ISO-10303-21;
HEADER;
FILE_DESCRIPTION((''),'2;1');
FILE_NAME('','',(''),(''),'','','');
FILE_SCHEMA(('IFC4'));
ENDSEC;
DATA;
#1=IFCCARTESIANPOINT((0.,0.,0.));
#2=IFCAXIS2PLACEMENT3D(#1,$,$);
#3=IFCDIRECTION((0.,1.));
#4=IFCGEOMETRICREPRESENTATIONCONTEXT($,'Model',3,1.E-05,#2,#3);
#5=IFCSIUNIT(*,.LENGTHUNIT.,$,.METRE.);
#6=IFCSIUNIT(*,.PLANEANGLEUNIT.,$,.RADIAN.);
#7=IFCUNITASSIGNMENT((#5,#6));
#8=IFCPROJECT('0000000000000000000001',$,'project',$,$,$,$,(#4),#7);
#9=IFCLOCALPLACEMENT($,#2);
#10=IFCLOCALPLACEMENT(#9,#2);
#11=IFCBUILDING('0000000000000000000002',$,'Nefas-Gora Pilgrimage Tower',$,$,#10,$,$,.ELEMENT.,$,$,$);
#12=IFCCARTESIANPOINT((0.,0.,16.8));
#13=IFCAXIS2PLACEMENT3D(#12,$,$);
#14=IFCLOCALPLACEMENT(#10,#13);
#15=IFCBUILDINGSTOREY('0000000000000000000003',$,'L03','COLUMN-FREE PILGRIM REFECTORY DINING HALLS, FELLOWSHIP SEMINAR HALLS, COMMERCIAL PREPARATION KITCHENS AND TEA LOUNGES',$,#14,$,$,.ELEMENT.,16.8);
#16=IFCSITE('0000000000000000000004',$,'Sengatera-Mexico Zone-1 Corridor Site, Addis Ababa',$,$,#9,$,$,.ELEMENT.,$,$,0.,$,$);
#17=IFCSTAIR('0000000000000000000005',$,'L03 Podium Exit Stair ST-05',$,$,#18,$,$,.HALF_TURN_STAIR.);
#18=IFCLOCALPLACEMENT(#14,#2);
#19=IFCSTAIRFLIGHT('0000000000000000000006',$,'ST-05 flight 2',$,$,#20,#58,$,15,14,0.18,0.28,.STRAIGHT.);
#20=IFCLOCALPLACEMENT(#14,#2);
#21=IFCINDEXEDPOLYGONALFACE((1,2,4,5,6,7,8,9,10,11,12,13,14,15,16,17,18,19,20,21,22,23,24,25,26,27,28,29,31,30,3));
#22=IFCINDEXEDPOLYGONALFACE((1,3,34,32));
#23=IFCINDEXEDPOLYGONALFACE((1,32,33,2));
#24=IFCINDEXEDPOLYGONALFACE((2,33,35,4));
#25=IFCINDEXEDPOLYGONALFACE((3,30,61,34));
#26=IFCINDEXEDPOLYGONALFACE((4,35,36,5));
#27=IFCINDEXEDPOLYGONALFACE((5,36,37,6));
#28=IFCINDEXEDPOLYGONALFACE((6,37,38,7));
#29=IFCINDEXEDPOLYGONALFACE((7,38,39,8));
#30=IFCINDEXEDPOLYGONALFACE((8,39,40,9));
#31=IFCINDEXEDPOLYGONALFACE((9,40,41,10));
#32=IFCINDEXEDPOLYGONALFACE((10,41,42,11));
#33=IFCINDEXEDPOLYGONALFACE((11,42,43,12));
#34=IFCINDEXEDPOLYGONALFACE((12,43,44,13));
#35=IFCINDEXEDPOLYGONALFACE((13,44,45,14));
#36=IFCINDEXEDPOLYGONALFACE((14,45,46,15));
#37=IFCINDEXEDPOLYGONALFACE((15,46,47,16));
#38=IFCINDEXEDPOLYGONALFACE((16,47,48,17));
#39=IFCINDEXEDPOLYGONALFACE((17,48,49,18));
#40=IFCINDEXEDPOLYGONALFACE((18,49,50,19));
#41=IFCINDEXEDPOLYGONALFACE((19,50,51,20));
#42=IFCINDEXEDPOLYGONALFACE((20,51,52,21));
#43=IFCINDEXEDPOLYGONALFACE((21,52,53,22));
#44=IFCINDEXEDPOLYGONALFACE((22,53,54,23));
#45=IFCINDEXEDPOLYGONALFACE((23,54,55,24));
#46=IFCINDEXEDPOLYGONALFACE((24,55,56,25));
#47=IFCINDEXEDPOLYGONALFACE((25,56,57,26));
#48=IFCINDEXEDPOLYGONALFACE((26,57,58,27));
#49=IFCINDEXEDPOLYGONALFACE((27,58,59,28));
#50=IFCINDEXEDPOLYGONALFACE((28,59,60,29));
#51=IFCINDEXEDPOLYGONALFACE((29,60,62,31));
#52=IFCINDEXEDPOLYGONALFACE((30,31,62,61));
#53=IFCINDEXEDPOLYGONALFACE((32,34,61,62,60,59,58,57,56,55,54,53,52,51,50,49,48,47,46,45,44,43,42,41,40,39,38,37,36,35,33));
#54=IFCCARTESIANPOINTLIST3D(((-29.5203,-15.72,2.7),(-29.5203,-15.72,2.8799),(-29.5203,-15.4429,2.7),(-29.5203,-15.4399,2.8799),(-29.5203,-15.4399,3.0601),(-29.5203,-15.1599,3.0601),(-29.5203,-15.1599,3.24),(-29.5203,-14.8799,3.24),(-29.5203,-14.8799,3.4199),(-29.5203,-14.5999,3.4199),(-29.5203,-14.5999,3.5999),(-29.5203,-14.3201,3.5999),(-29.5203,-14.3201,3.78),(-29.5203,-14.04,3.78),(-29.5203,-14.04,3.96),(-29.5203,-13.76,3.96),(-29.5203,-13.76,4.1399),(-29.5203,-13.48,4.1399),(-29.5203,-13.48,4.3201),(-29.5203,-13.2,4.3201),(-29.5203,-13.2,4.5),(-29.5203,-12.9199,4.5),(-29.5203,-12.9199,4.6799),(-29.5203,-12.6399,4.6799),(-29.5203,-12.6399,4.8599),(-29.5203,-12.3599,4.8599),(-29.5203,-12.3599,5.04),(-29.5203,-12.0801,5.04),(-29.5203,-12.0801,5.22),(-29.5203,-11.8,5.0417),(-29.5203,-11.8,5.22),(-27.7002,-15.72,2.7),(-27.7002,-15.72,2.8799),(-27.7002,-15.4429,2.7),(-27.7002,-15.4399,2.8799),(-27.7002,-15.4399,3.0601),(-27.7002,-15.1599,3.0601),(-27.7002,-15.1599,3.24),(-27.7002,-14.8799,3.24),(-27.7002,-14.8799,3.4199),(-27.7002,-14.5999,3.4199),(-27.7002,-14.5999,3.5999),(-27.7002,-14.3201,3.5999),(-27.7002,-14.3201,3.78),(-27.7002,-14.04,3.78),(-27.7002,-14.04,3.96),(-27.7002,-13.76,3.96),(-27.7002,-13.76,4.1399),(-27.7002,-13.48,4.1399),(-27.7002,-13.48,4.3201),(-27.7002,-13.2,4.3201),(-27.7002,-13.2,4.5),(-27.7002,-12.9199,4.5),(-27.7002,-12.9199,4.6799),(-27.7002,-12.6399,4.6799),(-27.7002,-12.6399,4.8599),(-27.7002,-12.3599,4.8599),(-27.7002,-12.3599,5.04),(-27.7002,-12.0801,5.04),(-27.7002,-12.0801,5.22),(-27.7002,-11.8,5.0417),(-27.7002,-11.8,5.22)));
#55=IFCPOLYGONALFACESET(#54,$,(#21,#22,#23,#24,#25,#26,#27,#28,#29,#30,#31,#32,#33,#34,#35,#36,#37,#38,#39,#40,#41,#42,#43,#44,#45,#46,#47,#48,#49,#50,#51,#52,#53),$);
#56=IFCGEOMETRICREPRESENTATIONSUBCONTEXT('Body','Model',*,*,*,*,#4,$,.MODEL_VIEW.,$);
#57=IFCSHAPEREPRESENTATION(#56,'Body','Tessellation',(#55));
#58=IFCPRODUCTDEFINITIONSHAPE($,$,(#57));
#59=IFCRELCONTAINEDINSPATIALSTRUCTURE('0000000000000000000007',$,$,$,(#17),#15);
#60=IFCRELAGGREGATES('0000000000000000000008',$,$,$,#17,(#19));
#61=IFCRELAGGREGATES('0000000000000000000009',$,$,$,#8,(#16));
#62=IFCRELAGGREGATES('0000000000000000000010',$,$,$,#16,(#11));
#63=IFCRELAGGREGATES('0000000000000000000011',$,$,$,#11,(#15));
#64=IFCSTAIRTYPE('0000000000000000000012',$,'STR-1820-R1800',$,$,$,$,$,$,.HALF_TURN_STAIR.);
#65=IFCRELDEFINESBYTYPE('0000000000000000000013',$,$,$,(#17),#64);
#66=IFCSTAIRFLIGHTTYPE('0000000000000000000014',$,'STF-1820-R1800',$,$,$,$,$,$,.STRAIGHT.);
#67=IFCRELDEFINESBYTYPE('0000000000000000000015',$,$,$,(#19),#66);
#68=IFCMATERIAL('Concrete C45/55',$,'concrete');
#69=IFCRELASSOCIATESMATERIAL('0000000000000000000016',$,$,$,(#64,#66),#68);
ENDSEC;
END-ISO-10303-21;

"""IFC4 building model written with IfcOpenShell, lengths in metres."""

from ifc_helpers import new_model, si_unit, direction, frame, origin, place, context, subcontext, project, spatial, polyline, outline, extrude, source, transform, mapped, material, type_object, element, aggregate, save


model = new_model("IFC4")

# Units and contexts
model_context = context("Model", 3, precision=1e-05, world=origin(), true_north=direction((0.0, 1.0)))
body_context = subcontext(model_context, "Body", "Model", "MODEL_VIEW")
ifc_project = project(units=[si_unit("LENGTHUNIT", "METRE"), si_unit("PLANEANGLEUNIT", "RADIAN")], contexts=[model_context])

# Site, building, storey
site_placement = place(None, origin())
site = spatial("IfcSite", under=ifc_project, at=site_placement, Name="Sengatera-Mexico Zone-1 Corridor Site, Addis Ababa", CompositionType="ELEMENT", RefElevation=0.0)
building_placement = place(site_placement, origin())
building = spatial("IfcBuilding", under=site, at=building_placement, Name="Nefas-Gora Pilgrimage Tower", CompositionType="ELEMENT")
storey_placement = place(building_placement, frame((0.0, 0.0, 16.8)))
storey = spatial("IfcBuildingStorey", under=building, at=storey_placement, Name="L03", Description="COLUMN-FREE PILGRIM REFECTORY DINING HALLS, FELLOWSHIP SEMINAR HALLS, COMMERCIAL PREPARATION KITCHENS AND TEA LOUNGES", CompositionType="ELEMENT", Elevation=16.8)

# Shared definitions
ifc_material_1 = material(Name="Concrete C45/55", Category="concrete")

# Stair, stair flight
stair_type = type_object("IfcStairType", Name="STR-1820-R1800", PredefinedType="HALF_TURN_STAIR", material=ifc_material_1)
stair_placement = place(storey_placement, origin())
stair = element("IfcStair", 1, at=stair_placement, inside=storey, type_object=stair_type, Name="L03 Podium Exit Stair ST-05", PredefinedType="HALF_TURN_STAIR")
stair_flight_type = type_object("IfcStairFlightType", Name="STF-1820-R1800", PredefinedType="STRAIGHT", material=ifc_material_1)
shared_shape_1 = source(origin(), body_context, "Body", "SweptSolid", [
    extrude(outline(polyline([(0.0, 0.0), (0.0, 0.1799), (0.28, 0.1799), (0.28, 0.3601), (0.5601, 0.3601), (0.5601, 0.54), (0.8401, 0.54), (0.8401, 0.72), (1.1201, 0.72), (1.1201, 0.8999), (1.3999, 0.8999), (1.3999, 1.0801), (1.6799, 1.0801), (1.6799, 1.26), (1.96, 1.26), (1.96, 1.4399), (2.24, 1.4399), (2.24, 1.6201), (2.52, 1.6201), (2.52, 1.8), (2.8, 1.8), (2.8, 1.98), (3.0801, 1.98), (3.0801, 2.1599), (3.3601, 2.1599), (3.3601, 2.3401), (3.6399, 2.3401), (3.6399, 2.52), (3.9199, 2.52), (3.9199, 2.7), (3.9199, 2.3418), (0.2771, 0.0), (0.0, 0.0)])), frame((0.0, 0.9102, 0.0), z_axis=(0.0, -1.0, 0.0), x_axis=(1.0, 0.0, 0.0)), (0.0, 0.0, 1.0), 1.8201),
])
stair_flight_1_placement = place(storey_placement, frame((-28.6101, -15.72, 2.7), z_axis=(0.0, 0.0, 1.0), x_axis=(0.0, 1.0, 0.0)))
stair_flight_1 = element("IfcStairFlight", 2, at=stair_flight_1_placement, type_object=stair_flight_type, Name="ST-05 flight 2", NumberOfRisers=15, NumberOfTreads=14, PredefinedType="STRAIGHT", RiserHeight=0.18, TreadLength=0.28, context=body_context, shape_type="MappedRepresentation", body=[
    mapped(shared_shape_1, transform((0.0, 0.0, 0.0), x_axis=(1.0, 0.0, 0.0), y_axis=(0.0, 1.0, 0.0), z_axis=(0.0, 0.0, 1.0), scale=1.0)),
])
aggregate(stair, [stair_flight_1])

save(model, "model.ifc")
